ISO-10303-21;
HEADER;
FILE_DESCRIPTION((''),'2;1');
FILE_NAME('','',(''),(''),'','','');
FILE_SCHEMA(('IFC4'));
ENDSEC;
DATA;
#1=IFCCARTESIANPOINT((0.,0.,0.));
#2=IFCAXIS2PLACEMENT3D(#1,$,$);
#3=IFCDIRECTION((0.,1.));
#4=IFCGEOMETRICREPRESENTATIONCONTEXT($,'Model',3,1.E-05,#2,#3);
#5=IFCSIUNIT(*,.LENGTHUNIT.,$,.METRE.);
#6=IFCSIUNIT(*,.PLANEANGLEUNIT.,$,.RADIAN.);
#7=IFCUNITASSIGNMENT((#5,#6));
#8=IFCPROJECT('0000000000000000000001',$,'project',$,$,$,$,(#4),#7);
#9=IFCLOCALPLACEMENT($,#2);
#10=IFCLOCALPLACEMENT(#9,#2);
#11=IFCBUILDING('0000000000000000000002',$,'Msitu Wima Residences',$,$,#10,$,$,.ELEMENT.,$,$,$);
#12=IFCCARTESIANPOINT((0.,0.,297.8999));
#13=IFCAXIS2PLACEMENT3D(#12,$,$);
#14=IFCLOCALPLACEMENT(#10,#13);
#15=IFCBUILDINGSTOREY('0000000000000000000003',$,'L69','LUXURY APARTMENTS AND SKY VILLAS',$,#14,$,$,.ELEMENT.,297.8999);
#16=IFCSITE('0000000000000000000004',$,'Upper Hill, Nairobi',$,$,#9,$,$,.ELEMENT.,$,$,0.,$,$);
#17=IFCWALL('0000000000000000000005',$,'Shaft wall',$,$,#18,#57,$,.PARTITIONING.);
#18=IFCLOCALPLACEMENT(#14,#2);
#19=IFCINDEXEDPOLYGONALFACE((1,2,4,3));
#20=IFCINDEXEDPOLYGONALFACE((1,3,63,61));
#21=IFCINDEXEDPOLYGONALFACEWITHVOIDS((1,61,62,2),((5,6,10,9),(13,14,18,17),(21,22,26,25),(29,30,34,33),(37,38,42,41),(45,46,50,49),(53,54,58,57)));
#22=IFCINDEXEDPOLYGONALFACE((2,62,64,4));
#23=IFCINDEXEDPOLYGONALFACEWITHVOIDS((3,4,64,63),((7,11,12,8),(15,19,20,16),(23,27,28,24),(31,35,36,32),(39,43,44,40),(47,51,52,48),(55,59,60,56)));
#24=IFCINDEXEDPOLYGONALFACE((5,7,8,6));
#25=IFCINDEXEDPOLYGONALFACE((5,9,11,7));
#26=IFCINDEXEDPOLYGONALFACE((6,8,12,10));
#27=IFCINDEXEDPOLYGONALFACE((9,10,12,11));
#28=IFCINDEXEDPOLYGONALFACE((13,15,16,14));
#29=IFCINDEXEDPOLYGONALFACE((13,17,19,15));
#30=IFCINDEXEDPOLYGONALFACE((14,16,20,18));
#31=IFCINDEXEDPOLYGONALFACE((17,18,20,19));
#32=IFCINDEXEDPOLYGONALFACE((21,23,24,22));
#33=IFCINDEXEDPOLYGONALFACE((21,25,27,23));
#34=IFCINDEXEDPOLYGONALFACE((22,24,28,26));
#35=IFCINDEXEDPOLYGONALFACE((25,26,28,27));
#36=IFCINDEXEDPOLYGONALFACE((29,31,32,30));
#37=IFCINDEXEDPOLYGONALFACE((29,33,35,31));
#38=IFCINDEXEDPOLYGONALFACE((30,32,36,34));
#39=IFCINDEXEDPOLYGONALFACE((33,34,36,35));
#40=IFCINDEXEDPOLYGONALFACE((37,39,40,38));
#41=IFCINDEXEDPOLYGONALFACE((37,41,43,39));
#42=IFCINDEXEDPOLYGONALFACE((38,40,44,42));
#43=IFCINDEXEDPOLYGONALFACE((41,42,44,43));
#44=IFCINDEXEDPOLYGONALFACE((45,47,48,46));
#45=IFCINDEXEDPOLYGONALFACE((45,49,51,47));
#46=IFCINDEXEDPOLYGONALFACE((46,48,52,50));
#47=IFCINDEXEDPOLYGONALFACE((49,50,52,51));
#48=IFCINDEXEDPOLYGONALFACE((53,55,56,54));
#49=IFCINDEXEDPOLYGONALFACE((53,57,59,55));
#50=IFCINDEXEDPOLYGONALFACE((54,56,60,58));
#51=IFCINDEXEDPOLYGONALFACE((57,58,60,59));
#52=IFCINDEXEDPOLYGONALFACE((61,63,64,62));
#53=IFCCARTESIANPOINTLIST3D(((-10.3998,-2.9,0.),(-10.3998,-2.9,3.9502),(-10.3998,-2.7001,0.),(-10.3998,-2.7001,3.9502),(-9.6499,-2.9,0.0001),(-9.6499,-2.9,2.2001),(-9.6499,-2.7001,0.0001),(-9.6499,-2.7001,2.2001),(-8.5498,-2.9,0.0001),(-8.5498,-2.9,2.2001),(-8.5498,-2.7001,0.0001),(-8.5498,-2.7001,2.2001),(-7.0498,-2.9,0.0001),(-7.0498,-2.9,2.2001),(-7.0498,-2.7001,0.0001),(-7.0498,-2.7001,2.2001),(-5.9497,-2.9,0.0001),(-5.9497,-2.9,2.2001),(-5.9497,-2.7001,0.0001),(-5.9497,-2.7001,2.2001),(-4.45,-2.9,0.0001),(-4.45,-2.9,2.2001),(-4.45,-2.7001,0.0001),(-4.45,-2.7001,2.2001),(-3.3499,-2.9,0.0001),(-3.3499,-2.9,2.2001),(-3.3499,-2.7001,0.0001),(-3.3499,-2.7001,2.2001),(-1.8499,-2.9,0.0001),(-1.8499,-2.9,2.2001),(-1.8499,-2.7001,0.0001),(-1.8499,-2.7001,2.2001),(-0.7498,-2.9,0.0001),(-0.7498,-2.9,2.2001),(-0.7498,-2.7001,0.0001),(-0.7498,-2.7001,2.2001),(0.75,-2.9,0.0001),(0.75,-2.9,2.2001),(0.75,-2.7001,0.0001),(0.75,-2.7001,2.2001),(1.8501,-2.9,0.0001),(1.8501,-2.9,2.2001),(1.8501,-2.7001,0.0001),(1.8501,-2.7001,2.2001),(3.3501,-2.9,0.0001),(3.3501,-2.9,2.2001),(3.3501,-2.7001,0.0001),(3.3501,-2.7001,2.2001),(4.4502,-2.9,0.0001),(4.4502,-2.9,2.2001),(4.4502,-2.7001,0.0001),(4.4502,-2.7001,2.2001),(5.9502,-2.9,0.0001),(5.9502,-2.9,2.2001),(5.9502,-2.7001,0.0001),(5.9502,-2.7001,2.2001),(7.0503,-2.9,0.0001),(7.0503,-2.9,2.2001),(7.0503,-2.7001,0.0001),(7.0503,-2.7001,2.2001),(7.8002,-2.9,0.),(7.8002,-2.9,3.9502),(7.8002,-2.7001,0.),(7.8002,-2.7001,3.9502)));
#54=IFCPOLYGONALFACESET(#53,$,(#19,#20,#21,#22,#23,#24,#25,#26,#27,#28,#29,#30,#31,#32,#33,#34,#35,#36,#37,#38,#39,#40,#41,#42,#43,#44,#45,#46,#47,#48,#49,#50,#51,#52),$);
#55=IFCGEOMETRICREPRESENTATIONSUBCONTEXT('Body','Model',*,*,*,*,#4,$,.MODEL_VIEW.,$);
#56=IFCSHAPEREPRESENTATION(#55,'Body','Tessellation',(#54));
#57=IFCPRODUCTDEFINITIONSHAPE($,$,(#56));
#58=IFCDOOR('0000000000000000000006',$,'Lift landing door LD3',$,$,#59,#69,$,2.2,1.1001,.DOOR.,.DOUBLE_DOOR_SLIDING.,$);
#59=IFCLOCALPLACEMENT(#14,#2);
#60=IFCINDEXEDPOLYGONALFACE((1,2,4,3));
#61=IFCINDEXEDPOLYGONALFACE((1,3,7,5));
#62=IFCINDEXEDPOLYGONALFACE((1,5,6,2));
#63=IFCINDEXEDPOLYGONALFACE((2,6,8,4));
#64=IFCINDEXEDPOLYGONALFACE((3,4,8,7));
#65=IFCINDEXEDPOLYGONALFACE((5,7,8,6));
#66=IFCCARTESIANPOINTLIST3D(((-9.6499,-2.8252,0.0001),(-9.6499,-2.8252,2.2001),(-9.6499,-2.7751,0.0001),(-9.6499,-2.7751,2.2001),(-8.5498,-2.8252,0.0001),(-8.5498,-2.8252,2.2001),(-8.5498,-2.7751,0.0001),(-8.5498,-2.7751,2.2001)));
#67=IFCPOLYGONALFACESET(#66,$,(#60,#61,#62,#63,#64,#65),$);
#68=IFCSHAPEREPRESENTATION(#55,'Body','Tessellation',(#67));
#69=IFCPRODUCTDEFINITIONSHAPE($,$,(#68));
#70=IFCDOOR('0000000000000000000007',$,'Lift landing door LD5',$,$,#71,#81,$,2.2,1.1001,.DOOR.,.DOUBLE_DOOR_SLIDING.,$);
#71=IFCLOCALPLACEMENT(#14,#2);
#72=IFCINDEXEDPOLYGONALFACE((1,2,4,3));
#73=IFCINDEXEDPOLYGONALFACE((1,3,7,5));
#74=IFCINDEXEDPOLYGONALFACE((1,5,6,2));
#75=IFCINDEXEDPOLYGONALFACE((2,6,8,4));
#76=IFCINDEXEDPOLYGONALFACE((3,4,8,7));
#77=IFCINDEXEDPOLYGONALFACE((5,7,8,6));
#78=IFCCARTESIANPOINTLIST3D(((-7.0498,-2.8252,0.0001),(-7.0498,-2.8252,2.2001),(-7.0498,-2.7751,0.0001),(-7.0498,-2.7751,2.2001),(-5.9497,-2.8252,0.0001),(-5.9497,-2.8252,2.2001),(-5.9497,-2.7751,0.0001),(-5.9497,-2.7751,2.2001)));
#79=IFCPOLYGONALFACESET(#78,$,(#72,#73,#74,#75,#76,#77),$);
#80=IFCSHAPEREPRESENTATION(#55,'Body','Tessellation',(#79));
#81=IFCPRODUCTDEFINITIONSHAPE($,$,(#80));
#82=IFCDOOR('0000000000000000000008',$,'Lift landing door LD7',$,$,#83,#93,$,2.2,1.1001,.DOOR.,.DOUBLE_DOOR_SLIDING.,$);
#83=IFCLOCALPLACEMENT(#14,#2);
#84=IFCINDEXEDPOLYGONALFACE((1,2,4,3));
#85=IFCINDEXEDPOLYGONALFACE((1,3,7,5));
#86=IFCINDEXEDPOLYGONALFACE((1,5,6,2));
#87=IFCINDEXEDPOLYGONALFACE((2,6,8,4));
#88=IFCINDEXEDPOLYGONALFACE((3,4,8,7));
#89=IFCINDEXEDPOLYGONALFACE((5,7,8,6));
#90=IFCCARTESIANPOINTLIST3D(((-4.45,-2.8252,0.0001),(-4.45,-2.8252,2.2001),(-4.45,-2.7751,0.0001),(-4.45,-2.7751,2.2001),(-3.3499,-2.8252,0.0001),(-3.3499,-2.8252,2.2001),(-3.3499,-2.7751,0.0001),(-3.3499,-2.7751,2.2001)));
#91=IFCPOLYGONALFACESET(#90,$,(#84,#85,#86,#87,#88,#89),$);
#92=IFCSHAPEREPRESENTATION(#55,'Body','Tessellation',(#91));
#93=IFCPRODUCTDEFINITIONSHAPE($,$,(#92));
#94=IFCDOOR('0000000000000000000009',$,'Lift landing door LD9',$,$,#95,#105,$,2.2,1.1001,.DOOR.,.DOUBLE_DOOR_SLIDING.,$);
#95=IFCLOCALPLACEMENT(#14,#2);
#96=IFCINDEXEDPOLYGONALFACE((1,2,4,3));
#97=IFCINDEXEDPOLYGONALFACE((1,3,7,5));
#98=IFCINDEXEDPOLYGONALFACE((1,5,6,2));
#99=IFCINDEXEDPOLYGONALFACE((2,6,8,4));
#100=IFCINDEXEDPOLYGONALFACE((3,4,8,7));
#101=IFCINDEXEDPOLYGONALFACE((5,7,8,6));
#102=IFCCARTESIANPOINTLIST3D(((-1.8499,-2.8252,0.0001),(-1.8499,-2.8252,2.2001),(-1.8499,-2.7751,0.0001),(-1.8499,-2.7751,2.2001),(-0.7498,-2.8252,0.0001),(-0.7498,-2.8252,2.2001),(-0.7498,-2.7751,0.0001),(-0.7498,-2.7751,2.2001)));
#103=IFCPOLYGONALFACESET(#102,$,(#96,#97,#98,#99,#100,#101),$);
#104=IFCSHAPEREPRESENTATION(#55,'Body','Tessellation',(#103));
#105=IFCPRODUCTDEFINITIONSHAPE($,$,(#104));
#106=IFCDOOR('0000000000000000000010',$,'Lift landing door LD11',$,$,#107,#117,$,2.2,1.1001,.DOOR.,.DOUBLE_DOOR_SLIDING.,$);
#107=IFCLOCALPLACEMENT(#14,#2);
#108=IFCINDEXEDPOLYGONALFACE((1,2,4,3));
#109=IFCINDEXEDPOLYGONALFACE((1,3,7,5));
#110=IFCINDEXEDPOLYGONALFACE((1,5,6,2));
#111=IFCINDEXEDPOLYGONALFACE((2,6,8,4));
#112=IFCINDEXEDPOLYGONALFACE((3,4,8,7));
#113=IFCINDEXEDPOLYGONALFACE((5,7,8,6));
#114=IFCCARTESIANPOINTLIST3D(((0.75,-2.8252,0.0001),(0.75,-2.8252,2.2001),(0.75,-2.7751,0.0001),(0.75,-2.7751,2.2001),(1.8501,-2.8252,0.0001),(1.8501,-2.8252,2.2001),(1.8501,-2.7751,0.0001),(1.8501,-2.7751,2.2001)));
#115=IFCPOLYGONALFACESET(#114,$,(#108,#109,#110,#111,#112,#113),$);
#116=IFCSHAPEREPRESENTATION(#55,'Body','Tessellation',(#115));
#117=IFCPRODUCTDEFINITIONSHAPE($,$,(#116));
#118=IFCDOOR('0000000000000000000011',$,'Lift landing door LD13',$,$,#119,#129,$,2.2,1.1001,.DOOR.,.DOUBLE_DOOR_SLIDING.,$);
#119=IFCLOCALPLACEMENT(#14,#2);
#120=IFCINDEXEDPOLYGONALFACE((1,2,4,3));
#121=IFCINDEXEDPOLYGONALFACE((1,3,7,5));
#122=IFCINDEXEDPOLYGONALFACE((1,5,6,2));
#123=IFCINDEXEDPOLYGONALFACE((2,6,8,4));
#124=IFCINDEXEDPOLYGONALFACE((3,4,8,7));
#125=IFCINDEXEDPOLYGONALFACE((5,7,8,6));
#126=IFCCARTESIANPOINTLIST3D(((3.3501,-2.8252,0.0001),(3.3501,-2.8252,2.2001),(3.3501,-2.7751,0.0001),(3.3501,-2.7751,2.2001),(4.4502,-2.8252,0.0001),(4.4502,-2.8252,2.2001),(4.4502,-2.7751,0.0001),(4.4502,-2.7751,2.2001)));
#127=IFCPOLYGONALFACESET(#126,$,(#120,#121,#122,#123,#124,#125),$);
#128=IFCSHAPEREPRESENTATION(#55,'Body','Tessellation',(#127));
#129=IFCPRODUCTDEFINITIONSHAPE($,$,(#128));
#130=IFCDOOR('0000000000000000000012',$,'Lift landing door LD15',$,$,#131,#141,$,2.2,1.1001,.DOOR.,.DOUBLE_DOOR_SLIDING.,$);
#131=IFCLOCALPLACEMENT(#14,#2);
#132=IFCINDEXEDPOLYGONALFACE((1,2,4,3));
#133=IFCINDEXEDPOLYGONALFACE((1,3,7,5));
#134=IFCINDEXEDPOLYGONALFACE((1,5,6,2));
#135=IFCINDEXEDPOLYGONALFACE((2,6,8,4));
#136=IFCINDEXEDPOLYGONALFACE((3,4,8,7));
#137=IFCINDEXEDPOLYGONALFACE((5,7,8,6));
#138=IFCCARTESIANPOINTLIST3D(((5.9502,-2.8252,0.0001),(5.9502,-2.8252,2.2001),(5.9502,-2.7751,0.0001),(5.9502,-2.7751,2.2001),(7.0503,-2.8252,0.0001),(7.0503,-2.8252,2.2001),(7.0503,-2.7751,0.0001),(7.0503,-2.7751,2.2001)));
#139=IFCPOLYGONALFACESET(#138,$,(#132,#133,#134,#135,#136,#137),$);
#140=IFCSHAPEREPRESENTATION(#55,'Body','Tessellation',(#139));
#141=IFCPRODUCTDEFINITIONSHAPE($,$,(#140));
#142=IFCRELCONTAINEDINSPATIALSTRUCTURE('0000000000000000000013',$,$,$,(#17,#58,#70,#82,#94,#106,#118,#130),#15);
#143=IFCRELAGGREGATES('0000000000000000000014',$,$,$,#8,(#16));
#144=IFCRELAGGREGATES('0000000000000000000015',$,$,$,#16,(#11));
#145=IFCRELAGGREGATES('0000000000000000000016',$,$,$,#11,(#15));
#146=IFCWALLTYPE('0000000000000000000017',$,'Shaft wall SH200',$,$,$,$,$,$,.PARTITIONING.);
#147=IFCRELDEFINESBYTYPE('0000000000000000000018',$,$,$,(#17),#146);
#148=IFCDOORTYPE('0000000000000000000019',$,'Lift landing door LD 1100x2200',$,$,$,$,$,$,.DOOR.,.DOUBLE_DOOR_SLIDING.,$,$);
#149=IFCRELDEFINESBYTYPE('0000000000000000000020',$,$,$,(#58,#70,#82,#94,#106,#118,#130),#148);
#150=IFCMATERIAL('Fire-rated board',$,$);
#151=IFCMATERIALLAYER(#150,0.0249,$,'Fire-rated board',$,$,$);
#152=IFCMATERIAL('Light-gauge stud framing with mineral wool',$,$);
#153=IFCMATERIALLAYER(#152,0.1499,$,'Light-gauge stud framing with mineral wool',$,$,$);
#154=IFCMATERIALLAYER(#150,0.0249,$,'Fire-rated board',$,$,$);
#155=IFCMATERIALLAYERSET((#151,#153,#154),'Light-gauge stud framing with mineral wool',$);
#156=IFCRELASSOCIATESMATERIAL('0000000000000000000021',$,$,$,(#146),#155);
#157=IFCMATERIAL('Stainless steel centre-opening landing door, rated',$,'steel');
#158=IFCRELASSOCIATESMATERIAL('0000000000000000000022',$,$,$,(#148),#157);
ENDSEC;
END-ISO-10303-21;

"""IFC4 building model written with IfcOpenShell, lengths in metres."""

from ifc_helpers import new_model, si_unit, direction, frame, frame_2d, origin, place, context, subcontext, project, spatial, rectangle, extrude, material, layer, layer_set, type_object, element, fill, save


model = new_model("IFC4")

# Units and contexts
model_context = context("Model", 3, precision=1e-05, world=origin(), true_north=direction((0.0, 1.0)))
body_context = subcontext(model_context, "Body", "Model", "MODEL_VIEW")
ifc_project = project(units=[si_unit("LENGTHUNIT", "METRE"), si_unit("PLANEANGLEUNIT", "RADIAN")], contexts=[model_context])

# Site, building, storey
site_placement = place(None, origin())
site = spatial("IfcSite", under=ifc_project, at=site_placement, Name="Upper Hill, Nairobi", CompositionType="ELEMENT", RefElevation=0.0)
building_placement = place(site_placement, origin())
building = spatial("IfcBuilding", under=site, at=building_placement, Name="Msitu Wima Residences", CompositionType="ELEMENT")
storey_placement = place(building_placement, frame((0.0, 0.0, 297.8999)))
storey = spatial("IfcBuildingStorey", under=building, at=storey_placement, Name="L69", Description="LUXURY APARTMENTS AND SKY VILLAS", CompositionType="ELEMENT", Elevation=297.8999)

# Shared definitions
ifc_material_1 = material(Name="Fire-rated board")
ifc_layer_1 = layer(ifc_material_1, 0.0249, Name="Fire-rated board")
ifc_material_2 = material(Name="Light-gauge stud framing with mineral wool")
ifc_layer_2 = layer(ifc_material_2, 0.1499, Name="Light-gauge stud framing with mineral wool")
ifc_layer_3 = layer(ifc_material_1, 0.0249, Name="Fire-rated board")
ifc_layer_set = layer_set([ifc_layer_1, ifc_layer_2, ifc_layer_3], Name="Light-gauge stud framing with mineral wool")
wall_type = type_object("IfcWallType", Name="Shaft wall SH200", PredefinedType="PARTITIONING", material=ifc_layer_set)

# Wall, openings, doors
wall_1_placement = place(storey_placement, frame((-10.3999, -2.8, 0.0), z_axis=(0.0, 0.0, 1.0), x_axis=(1.0, 0.0, 0.0)))
wall_1 = element("IfcWall", 1, at=wall_1_placement, inside=storey, type_object=wall_type, Name="Shaft wall", PredefinedType="PARTITIONING", context=body_context, shape_type="SweptSolid", body=[
    extrude(rectangle(XDim=18.2, YDim=0.2, at=frame_2d((9.1001, 0.0))), origin(), (0.0, 0.0, 1.0), 3.9502),
])
opening_1_placement = place(wall_1_placement, frame((0.75, 0.0, 0.0)))
opening_1 = element("IfcOpeningElement", 2, at=opening_1_placement, cuts=wall_1, PredefinedType="OPENING", context=body_context, shape_type="SweptSolid", body=[
    extrude(rectangle(XDim=1.1001, YDim=2.2, at=frame_2d((0.55, 1.1001))), frame((0.0, 0.1099, 0.0), z_axis=(0.0, -1.0, 0.0), x_axis=(1.0, 0.0, 0.0)), (0.0, 0.0, 1.0), 0.22),
])
opening_2_placement = place(wall_1_placement, frame((3.3501, 0.0, 0.0)))
opening_2 = element("IfcOpeningElement", 3, at=opening_2_placement, cuts=wall_1, PredefinedType="OPENING", context=body_context, shape_type="SweptSolid", body=[
    extrude(rectangle(XDim=1.1001, YDim=2.2, at=frame_2d((0.55, 1.1001))), frame((0.0, 0.1099, 0.0), z_axis=(0.0, -1.0, 0.0), x_axis=(1.0, 0.0, 0.0)), (0.0, 0.0, 1.0), 0.22),
])
opening_3_placement = place(wall_1_placement, frame((5.95, 0.0, 0.0)))
opening_3 = element("IfcOpeningElement", 4, at=opening_3_placement, cuts=wall_1, PredefinedType="OPENING", context=body_context, shape_type="SweptSolid", body=[
    extrude(rectangle(XDim=1.1001, YDim=2.2, at=frame_2d((0.55, 1.1001))), frame((0.0, 0.1099, 0.0), z_axis=(0.0, -1.0, 0.0), x_axis=(1.0, 0.0, 0.0)), (0.0, 0.0, 1.0), 0.22),
])
opening_4_placement = place(wall_1_placement, frame((8.55, 0.0, 0.0)))
opening_4 = element("IfcOpeningElement", 5, at=opening_4_placement, cuts=wall_1, PredefinedType="OPENING", context=body_context, shape_type="SweptSolid", body=[
    extrude(rectangle(XDim=1.1001, YDim=2.2, at=frame_2d((0.55, 1.1001))), frame((0.0, 0.1099, 0.0), z_axis=(0.0, -1.0, 0.0), x_axis=(1.0, 0.0, 0.0)), (0.0, 0.0, 1.0), 0.22),
])
opening_5_placement = place(wall_1_placement, frame((11.1499, 0.0, 0.0)))
opening_5 = element("IfcOpeningElement", 6, at=opening_5_placement, cuts=wall_1, PredefinedType="OPENING", context=body_context, shape_type="SweptSolid", body=[
    extrude(rectangle(XDim=1.1001, YDim=2.2, at=frame_2d((0.55, 1.1001))), frame((0.0, 0.1099, 0.0), z_axis=(0.0, -1.0, 0.0), x_axis=(1.0, 0.0, 0.0)), (0.0, 0.0, 1.0), 0.22),
])
opening_6_placement = place(wall_1_placement, frame((13.75, 0.0, 0.0)))
opening_6 = element("IfcOpeningElement", 7, at=opening_6_placement, cuts=wall_1, PredefinedType="OPENING", context=body_context, shape_type="SweptSolid", body=[
    extrude(rectangle(XDim=1.1001, YDim=2.2, at=frame_2d((0.55, 1.1001))), frame((0.0, 0.1099, 0.0), z_axis=(0.0, -1.0, 0.0), x_axis=(1.0, 0.0, 0.0)), (0.0, 0.0, 1.0), 0.22),
])
opening_7_placement = place(wall_1_placement, frame((16.3501, 0.0, 0.0)))
opening_7 = element("IfcOpeningElement", 8, at=opening_7_placement, cuts=wall_1, PredefinedType="OPENING", context=body_context, shape_type="SweptSolid", body=[
    extrude(rectangle(XDim=1.1001, YDim=2.2, at=frame_2d((0.55, 1.1001))), frame((0.0, 0.1099, 0.0), z_axis=(0.0, -1.0, 0.0), x_axis=(1.0, 0.0, 0.0)), (0.0, 0.0, 1.0), 0.22),
])
ifc_material_3 = material(Name="Stainless steel centre-opening landing door, rated", Category="steel")
door_type = type_object("IfcDoorType", Name="Lift landing door LD 1100x2200", OperationType="DOUBLE_DOOR_SLIDING", PredefinedType="DOOR", material=ifc_material_3)
door_1_placement = place(opening_1_placement, origin())
door_1 = element("IfcDoor", 9, at=door_1_placement, inside=storey, type_object=door_type, Name="Lift landing door LD3", OperationType="DOUBLE_DOOR_SLIDING", OverallHeight=2.2, OverallWidth=1.1001, PredefinedType="DOOR", context=body_context, shape_type="SweptSolid", body=[
    extrude(rectangle(XDim=1.1001, YDim=2.2, at=frame_2d((0.55, 1.1001))), frame((0.0, 0.0249, 0.0), z_axis=(0.0, -1.0, 0.0), x_axis=(1.0, 0.0, 0.0)), (0.0, 0.0, 1.0), 0.05),
])
fill(opening_1, door_1)
door_2_placement = place(opening_2_placement, origin())
door_2 = element("IfcDoor", 10, at=door_2_placement, inside=storey, type_object=door_type, Name="Lift landing door LD5", OperationType="DOUBLE_DOOR_SLIDING", OverallHeight=2.2, OverallWidth=1.1001, PredefinedType="DOOR", context=body_context, shape_type="SweptSolid", body=[
    extrude(rectangle(XDim=1.1001, YDim=2.2, at=frame_2d((0.55, 1.1001))), frame((0.0, 0.0249, 0.0), z_axis=(0.0, -1.0, 0.0), x_axis=(1.0, 0.0, 0.0)), (0.0, 0.0, 1.0), 0.05),
])
fill(opening_2, door_2)
door_3_placement = place(opening_3_placement, origin())
door_3 = element("IfcDoor", 11, at=door_3_placement, inside=storey, type_object=door_type, Name="Lift landing door LD7", OperationType="DOUBLE_DOOR_SLIDING", OverallHeight=2.2, OverallWidth=1.1001, PredefinedType="DOOR", context=body_context, shape_type="SweptSolid", body=[
    extrude(rectangle(XDim=1.1001, YDim=2.2, at=frame_2d((0.55, 1.1001))), frame((0.0, 0.0249, 0.0), z_axis=(0.0, -1.0, 0.0), x_axis=(1.0, 0.0, 0.0)), (0.0, 0.0, 1.0), 0.05),
])
fill(opening_3, door_3)
door_4_placement = place(opening_4_placement, origin())
door_4 = element("IfcDoor", 12, at=door_4_placement, inside=storey, type_object=door_type, Name="Lift landing door LD9", OperationType="DOUBLE_DOOR_SLIDING", OverallHeight=2.2, OverallWidth=1.1001, PredefinedType="DOOR", context=body_context, shape_type="SweptSolid", body=[
    extrude(rectangle(XDim=1.1001, YDim=2.2, at=frame_2d((0.55, 1.1001))), frame((0.0, 0.0249, 0.0), z_axis=(0.0, -1.0, 0.0), x_axis=(1.0, 0.0, 0.0)), (0.0, 0.0, 1.0), 0.05),
])
fill(opening_4, door_4)
door_5_placement = place(opening_5_placement, origin())
door_5 = element("IfcDoor", 13, at=door_5_placement, inside=storey, type_object=door_type, Name="Lift landing door LD11", OperationType="DOUBLE_DOOR_SLIDING", OverallHeight=2.2, OverallWidth=1.1001, PredefinedType="DOOR", context=body_context, shape_type="SweptSolid", body=[
    extrude(rectangle(XDim=1.1001, YDim=2.2, at=frame_2d((0.55, 1.1001))), frame((0.0, 0.0249, 0.0), z_axis=(0.0, -1.0, 0.0), x_axis=(1.0, 0.0, 0.0)), (0.0, 0.0, 1.0), 0.05),
])
fill(opening_5, door_5)
door_6_placement = place(opening_6_placement, origin())
door_6 = element("IfcDoor", 14, at=door_6_placement, inside=storey, type_object=door_type, Name="Lift landing door LD13", OperationType="DOUBLE_DOOR_SLIDING", OverallHeight=2.2, OverallWidth=1.1001, PredefinedType="DOOR", context=body_context, shape_type="SweptSolid", body=[
    extrude(rectangle(XDim=1.1001, YDim=2.2, at=frame_2d((0.55, 1.1001))), frame((0.0, 0.0249, 0.0), z_axis=(0.0, -1.0, 0.0), x_axis=(1.0, 0.0, 0.0)), (0.0, 0.0, 1.0), 0.05),
])
fill(opening_6, door_6)
door_7_placement = place(opening_7_placement, origin())
door_7 = element("IfcDoor", 15, at=door_7_placement, inside=storey, type_object=door_type, Name="Lift landing door LD15", OperationType="DOUBLE_DOOR_SLIDING", OverallHeight=2.2, OverallWidth=1.1001, PredefinedType="DOOR", context=body_context, shape_type="SweptSolid", body=[
    extrude(rectangle(XDim=1.1001, YDim=2.2, at=frame_2d((0.55, 1.1001))), frame((0.0, 0.0249, 0.0), z_axis=(0.0, -1.0, 0.0), x_axis=(1.0, 0.0, 0.0)), (0.0, 0.0, 1.0), 0.05),
])
fill(opening_7, door_7)

save(model, "model.ifc")
